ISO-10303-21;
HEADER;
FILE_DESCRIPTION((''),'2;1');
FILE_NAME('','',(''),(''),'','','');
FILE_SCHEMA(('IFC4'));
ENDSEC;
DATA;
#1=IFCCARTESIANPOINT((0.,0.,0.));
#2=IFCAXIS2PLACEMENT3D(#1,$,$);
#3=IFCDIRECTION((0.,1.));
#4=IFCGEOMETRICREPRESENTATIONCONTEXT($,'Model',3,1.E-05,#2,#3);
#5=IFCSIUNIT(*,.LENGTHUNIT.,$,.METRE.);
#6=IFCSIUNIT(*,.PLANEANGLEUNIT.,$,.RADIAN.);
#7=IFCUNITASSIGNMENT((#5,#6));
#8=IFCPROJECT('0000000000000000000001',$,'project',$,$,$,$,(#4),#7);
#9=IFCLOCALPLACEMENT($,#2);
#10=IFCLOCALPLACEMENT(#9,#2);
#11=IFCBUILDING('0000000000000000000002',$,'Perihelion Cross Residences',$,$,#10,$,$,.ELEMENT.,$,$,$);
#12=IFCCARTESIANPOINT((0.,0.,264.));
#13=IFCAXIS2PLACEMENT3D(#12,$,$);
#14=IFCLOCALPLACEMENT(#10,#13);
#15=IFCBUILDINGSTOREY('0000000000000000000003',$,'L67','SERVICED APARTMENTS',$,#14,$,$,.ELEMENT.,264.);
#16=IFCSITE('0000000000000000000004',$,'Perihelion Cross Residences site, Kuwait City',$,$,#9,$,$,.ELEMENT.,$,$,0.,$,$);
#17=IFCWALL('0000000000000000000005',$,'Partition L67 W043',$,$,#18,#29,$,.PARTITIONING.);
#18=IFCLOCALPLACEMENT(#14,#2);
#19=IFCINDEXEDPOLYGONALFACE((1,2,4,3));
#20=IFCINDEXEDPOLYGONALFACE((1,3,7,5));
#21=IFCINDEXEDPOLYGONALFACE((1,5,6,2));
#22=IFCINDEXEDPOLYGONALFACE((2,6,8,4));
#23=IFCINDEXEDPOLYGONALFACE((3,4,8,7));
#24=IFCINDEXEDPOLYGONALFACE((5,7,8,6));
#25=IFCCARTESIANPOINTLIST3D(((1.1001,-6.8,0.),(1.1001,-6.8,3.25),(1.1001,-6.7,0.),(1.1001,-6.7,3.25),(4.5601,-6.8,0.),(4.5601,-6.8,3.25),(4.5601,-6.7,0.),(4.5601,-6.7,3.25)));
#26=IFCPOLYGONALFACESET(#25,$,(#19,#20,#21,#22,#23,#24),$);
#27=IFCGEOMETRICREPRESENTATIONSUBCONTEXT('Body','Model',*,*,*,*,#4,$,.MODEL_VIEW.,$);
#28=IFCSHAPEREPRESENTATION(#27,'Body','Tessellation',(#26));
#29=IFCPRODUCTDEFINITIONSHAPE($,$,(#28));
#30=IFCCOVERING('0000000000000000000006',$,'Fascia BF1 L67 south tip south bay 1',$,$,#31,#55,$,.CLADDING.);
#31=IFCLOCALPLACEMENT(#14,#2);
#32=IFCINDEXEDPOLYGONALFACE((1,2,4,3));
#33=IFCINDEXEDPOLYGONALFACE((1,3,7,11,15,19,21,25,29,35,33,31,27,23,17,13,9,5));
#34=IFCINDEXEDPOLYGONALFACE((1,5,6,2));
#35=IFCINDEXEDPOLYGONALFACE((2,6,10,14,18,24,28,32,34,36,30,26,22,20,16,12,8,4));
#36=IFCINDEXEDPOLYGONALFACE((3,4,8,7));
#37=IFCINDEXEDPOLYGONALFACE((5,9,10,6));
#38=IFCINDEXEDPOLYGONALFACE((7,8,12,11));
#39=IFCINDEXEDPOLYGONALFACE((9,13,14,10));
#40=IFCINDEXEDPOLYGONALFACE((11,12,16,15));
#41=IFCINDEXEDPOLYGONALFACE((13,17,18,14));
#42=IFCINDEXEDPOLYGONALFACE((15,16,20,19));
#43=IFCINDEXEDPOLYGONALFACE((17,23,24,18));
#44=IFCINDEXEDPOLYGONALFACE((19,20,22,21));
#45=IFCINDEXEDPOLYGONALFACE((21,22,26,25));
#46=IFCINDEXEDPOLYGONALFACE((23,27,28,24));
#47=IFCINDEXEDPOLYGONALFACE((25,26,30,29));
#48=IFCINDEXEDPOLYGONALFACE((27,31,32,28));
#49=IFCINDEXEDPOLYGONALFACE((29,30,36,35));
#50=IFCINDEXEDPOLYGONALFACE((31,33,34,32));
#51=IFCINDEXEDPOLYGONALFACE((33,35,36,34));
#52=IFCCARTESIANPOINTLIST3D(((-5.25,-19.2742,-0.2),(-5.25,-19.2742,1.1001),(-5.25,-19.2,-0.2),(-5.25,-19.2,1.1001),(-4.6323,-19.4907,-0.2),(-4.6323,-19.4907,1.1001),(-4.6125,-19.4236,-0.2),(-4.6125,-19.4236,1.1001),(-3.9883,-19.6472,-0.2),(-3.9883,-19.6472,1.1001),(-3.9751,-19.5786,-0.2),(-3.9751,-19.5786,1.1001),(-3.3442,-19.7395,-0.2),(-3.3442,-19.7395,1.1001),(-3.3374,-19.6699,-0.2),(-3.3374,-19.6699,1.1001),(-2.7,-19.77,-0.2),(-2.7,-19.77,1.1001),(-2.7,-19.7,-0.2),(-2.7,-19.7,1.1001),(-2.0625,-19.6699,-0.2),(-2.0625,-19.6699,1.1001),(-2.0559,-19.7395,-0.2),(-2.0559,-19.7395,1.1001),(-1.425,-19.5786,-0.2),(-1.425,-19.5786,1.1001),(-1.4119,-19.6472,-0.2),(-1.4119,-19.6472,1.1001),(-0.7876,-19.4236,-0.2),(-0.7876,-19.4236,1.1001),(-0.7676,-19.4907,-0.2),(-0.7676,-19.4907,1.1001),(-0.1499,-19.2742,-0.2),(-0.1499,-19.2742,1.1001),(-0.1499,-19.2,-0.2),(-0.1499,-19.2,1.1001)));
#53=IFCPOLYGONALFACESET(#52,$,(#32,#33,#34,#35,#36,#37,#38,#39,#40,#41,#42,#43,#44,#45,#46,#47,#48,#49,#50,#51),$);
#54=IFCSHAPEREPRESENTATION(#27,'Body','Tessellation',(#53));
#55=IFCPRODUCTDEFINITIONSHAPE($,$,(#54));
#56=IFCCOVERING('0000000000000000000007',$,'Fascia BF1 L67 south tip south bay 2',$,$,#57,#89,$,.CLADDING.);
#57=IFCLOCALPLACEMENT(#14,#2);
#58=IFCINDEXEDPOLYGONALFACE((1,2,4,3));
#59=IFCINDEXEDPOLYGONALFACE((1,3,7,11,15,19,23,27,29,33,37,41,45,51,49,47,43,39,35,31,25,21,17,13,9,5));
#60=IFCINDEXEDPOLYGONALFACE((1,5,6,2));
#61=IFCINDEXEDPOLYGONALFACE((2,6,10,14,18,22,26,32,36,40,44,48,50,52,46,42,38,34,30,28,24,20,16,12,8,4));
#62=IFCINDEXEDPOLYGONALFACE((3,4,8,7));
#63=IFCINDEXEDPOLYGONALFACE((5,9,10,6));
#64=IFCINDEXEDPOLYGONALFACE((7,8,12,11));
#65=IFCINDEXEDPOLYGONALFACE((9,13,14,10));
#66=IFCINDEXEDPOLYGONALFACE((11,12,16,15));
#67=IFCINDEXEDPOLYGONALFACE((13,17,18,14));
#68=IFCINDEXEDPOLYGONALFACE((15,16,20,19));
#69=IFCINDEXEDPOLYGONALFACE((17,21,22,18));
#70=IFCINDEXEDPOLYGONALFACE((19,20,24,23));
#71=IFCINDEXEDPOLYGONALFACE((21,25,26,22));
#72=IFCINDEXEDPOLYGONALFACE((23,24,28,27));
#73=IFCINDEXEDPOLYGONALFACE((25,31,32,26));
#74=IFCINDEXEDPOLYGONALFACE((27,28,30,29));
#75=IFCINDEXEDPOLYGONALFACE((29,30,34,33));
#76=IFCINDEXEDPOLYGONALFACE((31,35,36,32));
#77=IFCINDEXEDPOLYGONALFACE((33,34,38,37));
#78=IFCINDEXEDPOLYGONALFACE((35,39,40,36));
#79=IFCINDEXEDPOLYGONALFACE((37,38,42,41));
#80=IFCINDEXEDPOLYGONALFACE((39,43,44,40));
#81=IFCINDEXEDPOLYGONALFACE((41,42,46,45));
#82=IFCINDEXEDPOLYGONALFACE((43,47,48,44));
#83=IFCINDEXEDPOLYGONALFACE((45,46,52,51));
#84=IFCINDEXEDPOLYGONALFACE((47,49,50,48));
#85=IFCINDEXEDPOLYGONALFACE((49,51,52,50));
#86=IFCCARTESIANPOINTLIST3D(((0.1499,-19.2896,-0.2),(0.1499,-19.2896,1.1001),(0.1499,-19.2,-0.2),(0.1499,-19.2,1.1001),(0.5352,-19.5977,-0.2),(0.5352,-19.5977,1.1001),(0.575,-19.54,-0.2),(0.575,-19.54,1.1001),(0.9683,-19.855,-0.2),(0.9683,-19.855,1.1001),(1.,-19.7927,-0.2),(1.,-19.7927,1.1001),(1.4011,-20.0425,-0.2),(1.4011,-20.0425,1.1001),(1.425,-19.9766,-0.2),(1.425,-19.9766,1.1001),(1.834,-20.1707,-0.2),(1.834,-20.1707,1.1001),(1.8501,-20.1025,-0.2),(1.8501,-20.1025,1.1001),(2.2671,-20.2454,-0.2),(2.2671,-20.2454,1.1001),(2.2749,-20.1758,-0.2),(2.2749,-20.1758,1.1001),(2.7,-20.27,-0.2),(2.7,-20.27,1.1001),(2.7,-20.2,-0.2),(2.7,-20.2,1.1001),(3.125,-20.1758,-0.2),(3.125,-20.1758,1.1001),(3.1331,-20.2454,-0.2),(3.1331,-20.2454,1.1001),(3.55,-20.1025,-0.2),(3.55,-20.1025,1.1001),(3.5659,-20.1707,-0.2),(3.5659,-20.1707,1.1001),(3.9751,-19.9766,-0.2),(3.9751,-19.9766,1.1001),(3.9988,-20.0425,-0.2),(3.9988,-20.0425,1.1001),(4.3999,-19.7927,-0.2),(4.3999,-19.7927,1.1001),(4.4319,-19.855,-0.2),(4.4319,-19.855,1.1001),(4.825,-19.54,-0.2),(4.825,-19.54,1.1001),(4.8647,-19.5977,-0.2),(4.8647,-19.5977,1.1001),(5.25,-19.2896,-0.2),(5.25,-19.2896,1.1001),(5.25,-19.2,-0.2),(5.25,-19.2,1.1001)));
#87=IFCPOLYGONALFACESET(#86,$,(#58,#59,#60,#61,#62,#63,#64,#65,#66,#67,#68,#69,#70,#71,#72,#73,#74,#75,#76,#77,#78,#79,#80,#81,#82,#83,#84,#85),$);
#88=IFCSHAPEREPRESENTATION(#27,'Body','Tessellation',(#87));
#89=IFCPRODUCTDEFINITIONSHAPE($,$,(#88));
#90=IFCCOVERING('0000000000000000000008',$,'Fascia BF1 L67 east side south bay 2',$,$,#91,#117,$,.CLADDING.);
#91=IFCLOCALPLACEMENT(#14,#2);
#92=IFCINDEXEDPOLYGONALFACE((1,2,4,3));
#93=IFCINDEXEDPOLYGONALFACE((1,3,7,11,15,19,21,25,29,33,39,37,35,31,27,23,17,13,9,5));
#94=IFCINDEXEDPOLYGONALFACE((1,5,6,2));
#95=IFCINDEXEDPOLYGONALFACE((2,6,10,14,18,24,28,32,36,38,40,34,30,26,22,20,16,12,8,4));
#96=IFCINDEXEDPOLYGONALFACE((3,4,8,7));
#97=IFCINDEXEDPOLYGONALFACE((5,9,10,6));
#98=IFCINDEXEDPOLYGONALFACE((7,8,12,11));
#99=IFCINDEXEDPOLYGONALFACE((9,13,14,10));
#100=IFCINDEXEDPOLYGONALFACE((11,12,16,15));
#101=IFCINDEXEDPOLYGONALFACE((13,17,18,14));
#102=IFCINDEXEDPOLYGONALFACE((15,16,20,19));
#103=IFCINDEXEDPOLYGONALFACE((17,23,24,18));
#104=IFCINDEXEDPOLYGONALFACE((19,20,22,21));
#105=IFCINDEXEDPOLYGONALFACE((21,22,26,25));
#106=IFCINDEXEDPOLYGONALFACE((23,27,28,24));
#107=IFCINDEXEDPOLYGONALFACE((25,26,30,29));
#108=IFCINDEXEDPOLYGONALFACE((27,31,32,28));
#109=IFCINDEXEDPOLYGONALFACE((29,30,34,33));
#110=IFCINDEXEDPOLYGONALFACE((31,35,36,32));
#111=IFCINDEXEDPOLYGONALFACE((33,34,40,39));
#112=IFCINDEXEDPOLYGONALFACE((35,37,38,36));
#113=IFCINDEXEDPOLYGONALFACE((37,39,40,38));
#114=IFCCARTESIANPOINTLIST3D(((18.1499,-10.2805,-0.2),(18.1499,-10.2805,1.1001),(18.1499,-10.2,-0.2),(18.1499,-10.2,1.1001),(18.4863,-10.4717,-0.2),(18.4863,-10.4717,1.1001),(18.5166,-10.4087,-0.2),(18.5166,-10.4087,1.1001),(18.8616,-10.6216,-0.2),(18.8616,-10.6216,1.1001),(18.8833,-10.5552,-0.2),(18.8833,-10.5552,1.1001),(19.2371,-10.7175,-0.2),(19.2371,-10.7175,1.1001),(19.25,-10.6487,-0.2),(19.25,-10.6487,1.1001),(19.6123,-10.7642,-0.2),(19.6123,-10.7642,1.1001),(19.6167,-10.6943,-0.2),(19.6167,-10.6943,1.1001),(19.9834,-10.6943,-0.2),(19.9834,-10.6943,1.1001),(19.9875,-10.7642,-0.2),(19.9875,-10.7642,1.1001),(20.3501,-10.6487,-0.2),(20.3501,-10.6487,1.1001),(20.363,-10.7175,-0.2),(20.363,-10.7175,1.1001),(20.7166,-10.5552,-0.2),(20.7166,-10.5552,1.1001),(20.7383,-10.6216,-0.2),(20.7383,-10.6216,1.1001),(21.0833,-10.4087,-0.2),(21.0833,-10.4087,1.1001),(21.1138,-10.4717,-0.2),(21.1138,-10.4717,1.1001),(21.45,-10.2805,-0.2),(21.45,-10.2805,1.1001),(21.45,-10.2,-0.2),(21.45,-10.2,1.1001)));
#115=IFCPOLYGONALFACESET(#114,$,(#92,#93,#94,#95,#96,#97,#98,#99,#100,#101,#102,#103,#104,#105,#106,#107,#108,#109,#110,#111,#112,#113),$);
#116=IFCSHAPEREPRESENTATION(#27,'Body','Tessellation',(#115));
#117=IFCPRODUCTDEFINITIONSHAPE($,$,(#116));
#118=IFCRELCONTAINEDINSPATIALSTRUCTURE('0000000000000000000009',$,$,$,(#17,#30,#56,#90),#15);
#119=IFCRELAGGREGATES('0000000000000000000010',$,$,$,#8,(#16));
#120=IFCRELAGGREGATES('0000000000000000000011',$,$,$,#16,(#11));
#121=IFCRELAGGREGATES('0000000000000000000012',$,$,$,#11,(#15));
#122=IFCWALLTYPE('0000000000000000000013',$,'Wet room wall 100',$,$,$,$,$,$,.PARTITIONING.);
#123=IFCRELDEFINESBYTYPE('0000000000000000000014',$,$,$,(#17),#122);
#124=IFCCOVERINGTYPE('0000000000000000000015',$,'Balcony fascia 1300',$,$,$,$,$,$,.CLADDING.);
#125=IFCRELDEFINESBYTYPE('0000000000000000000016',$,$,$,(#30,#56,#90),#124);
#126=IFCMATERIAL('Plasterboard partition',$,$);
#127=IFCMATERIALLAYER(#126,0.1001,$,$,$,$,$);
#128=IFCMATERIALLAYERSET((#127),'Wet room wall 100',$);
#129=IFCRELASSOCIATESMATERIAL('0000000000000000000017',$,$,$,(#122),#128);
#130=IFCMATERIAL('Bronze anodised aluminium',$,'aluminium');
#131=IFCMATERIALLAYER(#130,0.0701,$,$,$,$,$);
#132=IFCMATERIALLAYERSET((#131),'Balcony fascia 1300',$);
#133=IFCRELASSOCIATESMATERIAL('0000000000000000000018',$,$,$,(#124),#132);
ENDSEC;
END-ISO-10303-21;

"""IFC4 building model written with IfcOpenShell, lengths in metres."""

from ifc_helpers import new_model, si_unit, direction, frame, frame_2d, origin, place, context, subcontext, project, spatial, polyline, rectangle, outline, extrude, material, layer, layer_set, type_object, element, save


model = new_model("IFC4")

# Units and contexts
model_context = context("Model", 3, precision=1e-05, world=origin(), true_north=direction((0.0, 1.0)))
body_context = subcontext(model_context, "Body", "Model", "MODEL_VIEW")
ifc_project = project(units=[si_unit("LENGTHUNIT", "METRE"), si_unit("PLANEANGLEUNIT", "RADIAN")], contexts=[model_context])

# Site, building, storey
site_placement = place(None, origin())
site = spatial("IfcSite", under=ifc_project, at=site_placement, Name="Perihelion Cross Residences site, Kuwait City", CompositionType="ELEMENT", RefElevation=0.0)
building_placement = place(site_placement, origin())
building = spatial("IfcBuilding", under=site, at=building_placement, Name="Perihelion Cross Residences", CompositionType="ELEMENT")
storey_placement = place(building_placement, frame((0.0, 0.0, 264.0)))
storey = spatial("IfcBuildingStorey", under=building, at=storey_placement, Name="L67", Description="SERVICED APARTMENTS", CompositionType="ELEMENT", Elevation=264.0)

# Shared definitions
ifc_material_1 = material(Name="Plasterboard partition")
ifc_layer_1 = layer(ifc_material_1, 0.1001)
ifc_layer_set_1 = layer_set([ifc_layer_1], Name="Wet room wall 100")
wall_type_1 = type_object("IfcWallType", Name="Wet room wall 100", PredefinedType="PARTITIONING", material=ifc_layer_set_1)

# Wall
wall_1_placement = place(storey_placement, frame((4.5601, -6.75, 0.0), z_axis=(0.0, 0.0, 1.0), x_axis=(-1.0, 0.0, 0.0)))
element("IfcWall", 1, at=wall_1_placement, inside=storey, type_object=wall_type_1, Name="Partition L67 W043", PredefinedType="PARTITIONING", context=body_context, shape_type="SweptSolid", body=[
    extrude(rectangle(XDim=3.46, YDim=0.1001, at=frame_2d((1.73, 0.0))), origin(), (0.0, 0.0, 1.0), 3.25),
])

# Coverings
ifc_material_2 = material(Name="Bronze anodised aluminium", Category="aluminium")
ifc_layer_2 = layer(ifc_material_2, 0.0701)
ifc_layer_set_2 = layer_set([ifc_layer_2], Name="Balcony fascia 1300")
covering_type = type_object("IfcCoveringType", Name="Balcony fascia 1300", PredefinedType="CLADDING", material=ifc_layer_set_2)
covering_1_placement = place(storey_placement, frame((0.0, 0.0, -0.2)))
element("IfcCovering", 2, at=covering_1_placement, inside=storey, type_object=covering_type, Name="Fascia BF1 L67 south tip south bay 1", PredefinedType="CLADDING", context=body_context, shape_type="SweptSolid", body=[
    extrude(outline(polyline([(-4.6323, -19.4907), (-3.9883, -19.6472), (-3.3442, -19.7395), (-2.7, -19.77), (-2.0559, -19.7395), (-1.4119, -19.6472), (-0.7676, -19.4907), (-0.1499, -19.2742), (-0.1499, -19.2), (-0.7876, -19.4236), (-1.425, -19.5786), (-2.0625, -19.6699), (-2.7, -19.7), (-3.3374, -19.6699), (-3.9751, -19.5786), (-4.6125, -19.4236), (-5.25, -19.2), (-5.25, -19.2742), (-4.6323, -19.4907)])), origin(), (0.0, 0.0, 1.0), 1.3),
])
covering_2_placement = place(storey_placement, frame((0.0, 0.0, -0.2)))
element("IfcCovering", 3, at=covering_2_placement, inside=storey, type_object=covering_type, Name="Fascia BF1 L67 south tip south bay 2", PredefinedType="CLADDING", context=body_context, shape_type="SweptSolid", body=[
    extrude(outline(polyline([(0.5352, -19.5977), (0.9683, -19.855), (1.4011, -20.0425), (1.834, -20.1707), (2.2671, -20.2454), (2.7, -20.27), (3.1331, -20.2454), (3.5659, -20.1707), (3.9988, -20.0425), (4.4319, -19.855), (4.8647, -19.5977), (5.25, -19.2896), (5.25, -19.2), (4.825, -19.54), (4.3999, -19.7927), (3.9751, -19.9766), (3.55, -20.1025), (3.125, -20.1758), (2.7, -20.2), (2.2749, -20.1758), (1.8501, -20.1025), (1.425, -19.9766), (1.0, -19.7927), (0.575, -19.54), (0.1499, -19.2), (0.1499, -19.2896), (0.5352, -19.5977)])), origin(), (0.0, 0.0, 1.0), 1.3),
])
covering_3_placement = place(storey_placement, frame((0.0, 0.0, -0.2)))
element("IfcCovering", 4, at=covering_3_placement, inside=storey, type_object=covering_type, Name="Fascia BF1 L67 east side south bay 2", PredefinedType="CLADDING", context=body_context, shape_type="SweptSolid", body=[
    extrude(outline(polyline([(18.4863, -10.4717), (18.8616, -10.6216), (19.2371, -10.7175), (19.6123, -10.7642), (19.9875, -10.7642), (20.363, -10.7175), (20.7383, -10.6216), (21.1138, -10.4717), (21.45, -10.2805), (21.45, -10.2), (21.0833, -10.4087), (20.7166, -10.5552), (20.3501, -10.6487), (19.9834, -10.6943), (19.6167, -10.6943), (19.25, -10.6487), (18.8833, -10.5552), (18.5166, -10.4087), (18.1499, -10.2), (18.1499, -10.2805), (18.4863, -10.4717)])), origin(), (0.0, 0.0, 1.0), 1.3),
])

save(model, "model.ifc")
